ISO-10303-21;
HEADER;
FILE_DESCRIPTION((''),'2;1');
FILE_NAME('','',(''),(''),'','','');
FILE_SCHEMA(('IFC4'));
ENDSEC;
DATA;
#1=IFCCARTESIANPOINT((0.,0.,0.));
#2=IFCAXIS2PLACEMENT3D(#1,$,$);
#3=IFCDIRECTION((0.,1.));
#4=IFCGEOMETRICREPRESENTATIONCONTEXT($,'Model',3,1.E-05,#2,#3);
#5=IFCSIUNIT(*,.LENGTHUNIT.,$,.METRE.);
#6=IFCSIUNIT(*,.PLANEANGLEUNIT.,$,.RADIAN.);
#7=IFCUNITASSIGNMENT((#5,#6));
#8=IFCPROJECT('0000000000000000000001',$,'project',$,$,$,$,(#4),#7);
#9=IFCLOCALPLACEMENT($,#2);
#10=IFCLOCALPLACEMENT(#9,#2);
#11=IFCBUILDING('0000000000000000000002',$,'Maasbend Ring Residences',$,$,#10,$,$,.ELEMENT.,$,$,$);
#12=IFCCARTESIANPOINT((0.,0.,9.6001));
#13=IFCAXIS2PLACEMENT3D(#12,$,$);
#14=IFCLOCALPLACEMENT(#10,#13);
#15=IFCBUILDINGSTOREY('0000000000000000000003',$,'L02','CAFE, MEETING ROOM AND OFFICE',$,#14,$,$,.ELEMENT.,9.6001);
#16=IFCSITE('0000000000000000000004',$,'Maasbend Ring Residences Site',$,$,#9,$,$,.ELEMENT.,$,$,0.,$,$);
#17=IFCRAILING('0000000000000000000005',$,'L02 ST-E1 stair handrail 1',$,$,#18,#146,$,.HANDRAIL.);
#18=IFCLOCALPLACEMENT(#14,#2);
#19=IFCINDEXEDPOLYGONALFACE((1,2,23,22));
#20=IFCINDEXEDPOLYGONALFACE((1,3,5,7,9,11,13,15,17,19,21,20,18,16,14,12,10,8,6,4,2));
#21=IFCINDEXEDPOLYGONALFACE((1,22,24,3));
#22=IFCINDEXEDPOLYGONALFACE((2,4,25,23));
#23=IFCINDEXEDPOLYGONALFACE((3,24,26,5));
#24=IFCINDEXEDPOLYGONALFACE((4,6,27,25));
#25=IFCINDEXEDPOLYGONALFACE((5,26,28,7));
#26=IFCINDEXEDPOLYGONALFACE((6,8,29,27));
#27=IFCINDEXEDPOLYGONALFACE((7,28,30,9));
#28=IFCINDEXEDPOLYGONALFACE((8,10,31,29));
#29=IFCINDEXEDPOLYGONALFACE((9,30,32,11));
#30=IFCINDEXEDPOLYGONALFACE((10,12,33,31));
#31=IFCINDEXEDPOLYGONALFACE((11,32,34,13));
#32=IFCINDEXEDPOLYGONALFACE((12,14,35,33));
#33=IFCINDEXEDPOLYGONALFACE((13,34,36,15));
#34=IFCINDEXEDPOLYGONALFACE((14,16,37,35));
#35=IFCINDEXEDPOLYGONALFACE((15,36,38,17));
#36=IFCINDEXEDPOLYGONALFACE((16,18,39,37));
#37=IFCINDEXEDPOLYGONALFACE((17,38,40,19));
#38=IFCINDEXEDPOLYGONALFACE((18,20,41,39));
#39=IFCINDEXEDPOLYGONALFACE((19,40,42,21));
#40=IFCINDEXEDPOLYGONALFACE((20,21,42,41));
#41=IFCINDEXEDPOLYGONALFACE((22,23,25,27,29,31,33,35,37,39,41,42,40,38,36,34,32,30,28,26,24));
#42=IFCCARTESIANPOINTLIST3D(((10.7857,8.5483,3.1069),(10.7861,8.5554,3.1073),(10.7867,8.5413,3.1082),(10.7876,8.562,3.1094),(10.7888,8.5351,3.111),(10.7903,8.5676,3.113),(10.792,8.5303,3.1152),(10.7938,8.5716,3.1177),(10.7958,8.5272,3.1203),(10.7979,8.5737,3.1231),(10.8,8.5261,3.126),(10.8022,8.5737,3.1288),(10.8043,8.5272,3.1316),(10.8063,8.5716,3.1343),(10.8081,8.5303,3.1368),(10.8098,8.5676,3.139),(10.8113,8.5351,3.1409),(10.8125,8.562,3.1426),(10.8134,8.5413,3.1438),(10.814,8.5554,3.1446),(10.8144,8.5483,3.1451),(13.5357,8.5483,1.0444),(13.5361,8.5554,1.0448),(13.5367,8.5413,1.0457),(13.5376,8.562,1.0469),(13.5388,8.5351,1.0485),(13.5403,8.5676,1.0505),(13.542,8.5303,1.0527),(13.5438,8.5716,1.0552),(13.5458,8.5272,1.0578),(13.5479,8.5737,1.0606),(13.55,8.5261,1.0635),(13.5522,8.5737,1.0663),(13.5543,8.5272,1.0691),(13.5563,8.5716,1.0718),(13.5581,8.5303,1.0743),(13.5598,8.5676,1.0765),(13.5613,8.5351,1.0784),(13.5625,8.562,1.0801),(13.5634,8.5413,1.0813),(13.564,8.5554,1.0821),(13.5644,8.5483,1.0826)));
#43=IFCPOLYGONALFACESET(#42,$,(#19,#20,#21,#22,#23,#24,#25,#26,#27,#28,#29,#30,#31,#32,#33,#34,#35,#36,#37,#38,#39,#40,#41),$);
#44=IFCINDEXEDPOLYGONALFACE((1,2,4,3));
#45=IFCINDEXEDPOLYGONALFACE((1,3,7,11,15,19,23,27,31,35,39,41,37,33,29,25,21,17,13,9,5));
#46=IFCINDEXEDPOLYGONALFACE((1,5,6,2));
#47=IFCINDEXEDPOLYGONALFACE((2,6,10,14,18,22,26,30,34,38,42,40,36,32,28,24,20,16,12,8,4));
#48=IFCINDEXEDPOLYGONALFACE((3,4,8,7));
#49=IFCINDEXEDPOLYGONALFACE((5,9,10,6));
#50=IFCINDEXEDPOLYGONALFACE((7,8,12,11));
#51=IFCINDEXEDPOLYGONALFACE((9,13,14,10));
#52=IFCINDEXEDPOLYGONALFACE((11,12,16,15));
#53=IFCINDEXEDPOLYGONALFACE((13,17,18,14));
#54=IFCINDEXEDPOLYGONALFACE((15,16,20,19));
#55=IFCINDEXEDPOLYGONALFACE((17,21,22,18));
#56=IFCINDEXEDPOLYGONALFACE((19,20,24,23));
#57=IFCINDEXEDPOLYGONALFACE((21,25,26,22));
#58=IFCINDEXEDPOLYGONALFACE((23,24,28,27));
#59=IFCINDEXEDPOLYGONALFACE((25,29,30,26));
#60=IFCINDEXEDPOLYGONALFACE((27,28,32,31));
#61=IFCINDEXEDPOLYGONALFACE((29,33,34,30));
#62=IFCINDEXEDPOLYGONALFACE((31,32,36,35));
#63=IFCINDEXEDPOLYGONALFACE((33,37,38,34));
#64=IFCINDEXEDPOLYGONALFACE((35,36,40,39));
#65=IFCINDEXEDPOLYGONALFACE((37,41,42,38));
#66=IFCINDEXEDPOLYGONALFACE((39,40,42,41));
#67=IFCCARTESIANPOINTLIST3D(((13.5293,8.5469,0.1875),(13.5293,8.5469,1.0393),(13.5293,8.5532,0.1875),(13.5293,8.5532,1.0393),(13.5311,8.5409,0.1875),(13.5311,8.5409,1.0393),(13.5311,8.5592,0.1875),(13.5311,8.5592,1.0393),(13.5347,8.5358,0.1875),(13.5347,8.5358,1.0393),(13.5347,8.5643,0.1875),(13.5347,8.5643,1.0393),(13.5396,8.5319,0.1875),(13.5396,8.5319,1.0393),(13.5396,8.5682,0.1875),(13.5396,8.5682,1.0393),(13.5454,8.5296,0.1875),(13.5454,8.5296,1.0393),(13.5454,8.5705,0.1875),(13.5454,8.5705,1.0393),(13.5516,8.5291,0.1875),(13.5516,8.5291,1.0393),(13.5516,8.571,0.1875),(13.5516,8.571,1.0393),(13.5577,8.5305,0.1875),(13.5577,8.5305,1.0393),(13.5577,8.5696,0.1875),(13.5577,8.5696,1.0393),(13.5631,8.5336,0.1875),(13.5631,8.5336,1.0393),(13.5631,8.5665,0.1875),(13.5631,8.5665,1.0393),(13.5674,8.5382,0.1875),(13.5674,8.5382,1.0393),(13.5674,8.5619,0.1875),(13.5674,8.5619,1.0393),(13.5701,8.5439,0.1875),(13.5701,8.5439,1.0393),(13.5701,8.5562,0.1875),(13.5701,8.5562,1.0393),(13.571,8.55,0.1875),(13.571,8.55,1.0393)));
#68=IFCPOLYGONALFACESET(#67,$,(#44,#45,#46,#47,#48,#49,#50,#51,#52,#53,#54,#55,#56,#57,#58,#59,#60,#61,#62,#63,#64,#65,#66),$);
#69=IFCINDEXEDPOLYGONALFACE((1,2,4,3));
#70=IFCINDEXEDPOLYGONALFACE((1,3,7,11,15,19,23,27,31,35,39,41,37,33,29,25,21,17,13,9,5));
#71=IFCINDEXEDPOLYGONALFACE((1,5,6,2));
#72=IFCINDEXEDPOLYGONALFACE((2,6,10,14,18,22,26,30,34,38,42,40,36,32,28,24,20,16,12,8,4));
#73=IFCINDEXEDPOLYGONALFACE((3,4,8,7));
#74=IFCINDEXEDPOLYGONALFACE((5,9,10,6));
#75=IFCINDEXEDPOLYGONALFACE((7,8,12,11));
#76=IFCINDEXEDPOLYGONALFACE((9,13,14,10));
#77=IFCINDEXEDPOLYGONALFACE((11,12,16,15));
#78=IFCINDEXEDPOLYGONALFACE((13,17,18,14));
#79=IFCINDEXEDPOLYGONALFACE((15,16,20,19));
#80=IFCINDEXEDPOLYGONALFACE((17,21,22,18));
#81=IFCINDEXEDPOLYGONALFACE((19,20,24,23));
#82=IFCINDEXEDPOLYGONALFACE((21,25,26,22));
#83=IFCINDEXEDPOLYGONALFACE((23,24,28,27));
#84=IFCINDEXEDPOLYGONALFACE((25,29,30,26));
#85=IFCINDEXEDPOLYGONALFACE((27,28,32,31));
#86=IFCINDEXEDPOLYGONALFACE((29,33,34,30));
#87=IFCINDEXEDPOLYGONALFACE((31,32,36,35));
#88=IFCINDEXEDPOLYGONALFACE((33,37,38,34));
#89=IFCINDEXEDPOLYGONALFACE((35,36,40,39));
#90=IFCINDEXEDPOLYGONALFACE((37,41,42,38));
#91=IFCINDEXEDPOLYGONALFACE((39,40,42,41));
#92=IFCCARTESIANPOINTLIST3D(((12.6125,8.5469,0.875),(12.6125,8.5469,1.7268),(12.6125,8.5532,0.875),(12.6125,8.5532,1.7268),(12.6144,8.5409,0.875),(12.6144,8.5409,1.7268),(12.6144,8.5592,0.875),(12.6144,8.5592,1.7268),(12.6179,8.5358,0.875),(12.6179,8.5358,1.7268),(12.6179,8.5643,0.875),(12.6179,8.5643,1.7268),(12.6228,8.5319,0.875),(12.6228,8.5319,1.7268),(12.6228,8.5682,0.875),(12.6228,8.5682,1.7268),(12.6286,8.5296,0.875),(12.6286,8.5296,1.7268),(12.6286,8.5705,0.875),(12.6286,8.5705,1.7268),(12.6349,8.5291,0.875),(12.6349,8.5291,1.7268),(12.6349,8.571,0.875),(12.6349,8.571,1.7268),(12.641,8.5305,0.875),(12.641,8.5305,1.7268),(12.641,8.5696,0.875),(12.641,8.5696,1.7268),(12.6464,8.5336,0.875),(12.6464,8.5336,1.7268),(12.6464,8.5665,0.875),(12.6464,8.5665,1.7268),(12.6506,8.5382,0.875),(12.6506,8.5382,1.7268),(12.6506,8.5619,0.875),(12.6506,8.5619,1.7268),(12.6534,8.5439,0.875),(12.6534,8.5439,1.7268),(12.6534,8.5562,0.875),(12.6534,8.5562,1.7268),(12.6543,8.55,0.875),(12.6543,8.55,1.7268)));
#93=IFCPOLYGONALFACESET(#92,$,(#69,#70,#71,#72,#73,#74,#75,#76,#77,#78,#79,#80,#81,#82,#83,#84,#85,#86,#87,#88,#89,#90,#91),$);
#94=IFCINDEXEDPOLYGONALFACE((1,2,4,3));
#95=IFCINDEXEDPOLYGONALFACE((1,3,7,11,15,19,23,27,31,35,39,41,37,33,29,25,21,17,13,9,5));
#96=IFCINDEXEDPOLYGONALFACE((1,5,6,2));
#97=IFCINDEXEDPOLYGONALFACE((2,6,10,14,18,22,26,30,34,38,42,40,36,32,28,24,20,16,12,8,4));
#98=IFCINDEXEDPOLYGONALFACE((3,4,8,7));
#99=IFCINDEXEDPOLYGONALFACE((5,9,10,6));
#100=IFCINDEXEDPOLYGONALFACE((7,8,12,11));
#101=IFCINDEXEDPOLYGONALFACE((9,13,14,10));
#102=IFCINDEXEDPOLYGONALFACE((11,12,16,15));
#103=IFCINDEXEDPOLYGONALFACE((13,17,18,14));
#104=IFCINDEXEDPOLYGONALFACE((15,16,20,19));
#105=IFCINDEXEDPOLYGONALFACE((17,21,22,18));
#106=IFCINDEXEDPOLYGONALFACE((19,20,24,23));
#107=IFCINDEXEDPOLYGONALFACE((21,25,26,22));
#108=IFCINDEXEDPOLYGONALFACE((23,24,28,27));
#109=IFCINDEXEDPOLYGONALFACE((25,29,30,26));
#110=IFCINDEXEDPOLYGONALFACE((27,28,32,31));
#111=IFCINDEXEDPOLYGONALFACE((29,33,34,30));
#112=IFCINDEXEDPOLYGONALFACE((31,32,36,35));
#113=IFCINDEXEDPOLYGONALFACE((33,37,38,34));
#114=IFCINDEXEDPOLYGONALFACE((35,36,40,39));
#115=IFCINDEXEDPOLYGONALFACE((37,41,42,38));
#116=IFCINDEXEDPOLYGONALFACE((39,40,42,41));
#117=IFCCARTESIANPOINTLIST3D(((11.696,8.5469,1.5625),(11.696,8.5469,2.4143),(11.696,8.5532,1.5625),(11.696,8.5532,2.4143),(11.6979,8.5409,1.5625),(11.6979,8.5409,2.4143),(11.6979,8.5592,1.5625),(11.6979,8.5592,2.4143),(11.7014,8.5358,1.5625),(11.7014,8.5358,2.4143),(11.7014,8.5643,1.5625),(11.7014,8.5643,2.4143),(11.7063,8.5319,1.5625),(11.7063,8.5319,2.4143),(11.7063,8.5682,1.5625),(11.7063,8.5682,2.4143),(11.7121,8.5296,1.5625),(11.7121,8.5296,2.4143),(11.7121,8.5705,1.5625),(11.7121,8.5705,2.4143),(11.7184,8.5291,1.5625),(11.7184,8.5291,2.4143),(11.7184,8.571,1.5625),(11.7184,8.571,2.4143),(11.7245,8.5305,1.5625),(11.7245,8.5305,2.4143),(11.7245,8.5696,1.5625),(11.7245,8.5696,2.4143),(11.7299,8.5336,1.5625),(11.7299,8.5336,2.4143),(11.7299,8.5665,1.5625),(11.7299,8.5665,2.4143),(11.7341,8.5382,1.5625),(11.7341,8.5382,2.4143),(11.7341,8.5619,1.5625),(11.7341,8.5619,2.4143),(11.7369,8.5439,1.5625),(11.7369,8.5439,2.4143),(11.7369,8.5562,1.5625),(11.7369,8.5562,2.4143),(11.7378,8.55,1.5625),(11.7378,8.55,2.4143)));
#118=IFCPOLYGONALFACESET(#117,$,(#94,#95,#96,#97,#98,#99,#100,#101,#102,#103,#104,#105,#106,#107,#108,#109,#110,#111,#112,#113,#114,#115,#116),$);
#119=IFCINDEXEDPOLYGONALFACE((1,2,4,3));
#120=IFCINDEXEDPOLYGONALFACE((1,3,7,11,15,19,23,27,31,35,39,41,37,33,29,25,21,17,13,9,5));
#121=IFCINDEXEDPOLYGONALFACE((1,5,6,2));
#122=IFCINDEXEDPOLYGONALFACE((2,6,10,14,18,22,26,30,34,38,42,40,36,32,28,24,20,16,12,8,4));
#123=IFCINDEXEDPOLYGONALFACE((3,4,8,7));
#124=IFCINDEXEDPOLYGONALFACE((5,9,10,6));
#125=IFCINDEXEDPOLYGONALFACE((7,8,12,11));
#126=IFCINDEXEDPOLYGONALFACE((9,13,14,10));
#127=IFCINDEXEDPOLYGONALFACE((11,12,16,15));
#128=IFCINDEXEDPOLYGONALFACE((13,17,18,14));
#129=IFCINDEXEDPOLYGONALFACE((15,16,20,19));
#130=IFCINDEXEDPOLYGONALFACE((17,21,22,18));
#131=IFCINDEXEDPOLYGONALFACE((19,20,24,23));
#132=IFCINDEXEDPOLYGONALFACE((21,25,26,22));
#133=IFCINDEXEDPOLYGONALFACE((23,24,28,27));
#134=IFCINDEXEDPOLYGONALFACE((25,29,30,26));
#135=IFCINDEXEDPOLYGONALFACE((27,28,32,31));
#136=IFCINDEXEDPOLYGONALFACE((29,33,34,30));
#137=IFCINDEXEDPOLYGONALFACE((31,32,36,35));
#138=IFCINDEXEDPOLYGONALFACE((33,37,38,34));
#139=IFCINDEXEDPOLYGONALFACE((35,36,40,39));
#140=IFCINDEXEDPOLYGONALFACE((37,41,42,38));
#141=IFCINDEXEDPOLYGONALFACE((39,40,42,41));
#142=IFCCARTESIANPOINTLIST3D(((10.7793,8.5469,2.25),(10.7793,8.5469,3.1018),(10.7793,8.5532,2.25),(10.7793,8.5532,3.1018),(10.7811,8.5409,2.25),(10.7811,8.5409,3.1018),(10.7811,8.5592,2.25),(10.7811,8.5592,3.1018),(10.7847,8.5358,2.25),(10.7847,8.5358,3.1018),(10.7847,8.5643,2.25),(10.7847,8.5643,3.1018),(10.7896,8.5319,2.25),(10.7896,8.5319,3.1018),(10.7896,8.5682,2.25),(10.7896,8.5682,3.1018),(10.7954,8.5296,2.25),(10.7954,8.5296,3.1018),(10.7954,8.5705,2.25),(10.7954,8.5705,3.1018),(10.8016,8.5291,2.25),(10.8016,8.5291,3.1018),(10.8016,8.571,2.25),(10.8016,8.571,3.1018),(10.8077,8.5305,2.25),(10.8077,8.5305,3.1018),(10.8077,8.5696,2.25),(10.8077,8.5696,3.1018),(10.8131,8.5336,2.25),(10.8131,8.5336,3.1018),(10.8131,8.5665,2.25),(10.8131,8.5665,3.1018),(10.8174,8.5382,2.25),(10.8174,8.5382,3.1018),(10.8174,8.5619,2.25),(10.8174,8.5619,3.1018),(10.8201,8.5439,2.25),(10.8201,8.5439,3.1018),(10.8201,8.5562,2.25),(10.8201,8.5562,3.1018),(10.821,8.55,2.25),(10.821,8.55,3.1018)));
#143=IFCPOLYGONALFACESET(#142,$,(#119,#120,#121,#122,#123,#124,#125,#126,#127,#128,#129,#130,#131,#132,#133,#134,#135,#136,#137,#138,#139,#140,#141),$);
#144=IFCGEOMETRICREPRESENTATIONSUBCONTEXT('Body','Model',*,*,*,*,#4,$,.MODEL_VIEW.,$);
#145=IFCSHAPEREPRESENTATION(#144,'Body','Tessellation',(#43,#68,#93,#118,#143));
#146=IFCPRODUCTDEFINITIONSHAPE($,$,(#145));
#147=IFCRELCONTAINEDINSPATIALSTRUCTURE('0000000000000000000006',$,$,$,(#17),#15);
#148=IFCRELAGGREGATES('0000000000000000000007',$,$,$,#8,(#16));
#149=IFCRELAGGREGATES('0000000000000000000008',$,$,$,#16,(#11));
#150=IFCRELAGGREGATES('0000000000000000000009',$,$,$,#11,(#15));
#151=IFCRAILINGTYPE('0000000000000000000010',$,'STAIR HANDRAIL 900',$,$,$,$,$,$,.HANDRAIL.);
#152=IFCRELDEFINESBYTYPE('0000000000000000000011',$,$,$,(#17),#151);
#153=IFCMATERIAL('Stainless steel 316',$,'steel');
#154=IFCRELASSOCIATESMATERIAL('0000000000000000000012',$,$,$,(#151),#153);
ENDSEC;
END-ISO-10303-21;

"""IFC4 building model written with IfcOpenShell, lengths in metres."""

from ifc_helpers import new_model, si_unit, direction, frame, origin, origin_2d, place, context, subcontext, project, spatial, circle, extrude, material, type_object, element, save


model = new_model("IFC4")

# Units and contexts
model_context = context("Model", 3, precision=1e-05, world=origin(), true_north=direction((0.0, 1.0)))
body_context = subcontext(model_context, "Body", "Model", "MODEL_VIEW")
ifc_project = project(units=[si_unit("LENGTHUNIT", "METRE"), si_unit("PLANEANGLEUNIT", "RADIAN")], contexts=[model_context])

# Site, building, storey
site_placement = place(None, origin())
site = spatial("IfcSite", under=ifc_project, at=site_placement, Name="Maasbend Ring Residences Site", CompositionType="ELEMENT", RefElevation=0.0)
building_placement = place(site_placement, origin())
building = spatial("IfcBuilding", under=site, at=building_placement, Name="Maasbend Ring Residences", CompositionType="ELEMENT")
storey_placement = place(building_placement, frame((0.0, 0.0, 9.6001)))
storey = spatial("IfcBuildingStorey", under=building, at=storey_placement, Name="L02", Description="CAFE, MEETING ROOM AND OFFICE", CompositionType="ELEMENT", Elevation=9.6001)

# Railing
ifc_material_1 = material(Name="Stainless steel 316", Category="steel")
railing_type_1 = type_object("IfcRailingType", Name="STAIR HANDRAIL 900", PredefinedType="HANDRAIL", material=ifc_material_1)
railing_1_placement = place(storey_placement, frame((13.55, 8.55, 0.1875)))
element("IfcRailing", 1, at=railing_1_placement, inside=storey, type_object=railing_type_1, Name="L02 ST-E1 stair handrail 1", PredefinedType="HANDRAIL", context=body_context, shape_type="SweptSolid", body=[
    extrude(circle(Radius=0.0239, at=origin_2d()), frame((0.0, 0.0, 0.876), z_axis=(-0.8, 0.0, 0.6), x_axis=(0.0, -1.0, 0.0)), (0.0, 0.0, 1.0), 3.4375),
    extrude(circle(Radius=0.021, at=origin_2d()), origin(), (0.0, 0.0, 1.0), 0.8518),
    extrude(circle(Radius=0.021, at=origin_2d()), frame((-0.9167, 0.0, 0.6875)), (0.0, 0.0, 1.0), 0.8518),
    extrude(circle(Radius=0.021, at=origin_2d()), frame((-1.8333, 0.0, 1.375)), (0.0, 0.0, 1.0), 0.8518),
    extrude(circle(Radius=0.021, at=origin_2d()), frame((-2.75, 0.0, 2.0625)), (0.0, 0.0, 1.0), 0.8518),
])

save(model, "model.ifc")
